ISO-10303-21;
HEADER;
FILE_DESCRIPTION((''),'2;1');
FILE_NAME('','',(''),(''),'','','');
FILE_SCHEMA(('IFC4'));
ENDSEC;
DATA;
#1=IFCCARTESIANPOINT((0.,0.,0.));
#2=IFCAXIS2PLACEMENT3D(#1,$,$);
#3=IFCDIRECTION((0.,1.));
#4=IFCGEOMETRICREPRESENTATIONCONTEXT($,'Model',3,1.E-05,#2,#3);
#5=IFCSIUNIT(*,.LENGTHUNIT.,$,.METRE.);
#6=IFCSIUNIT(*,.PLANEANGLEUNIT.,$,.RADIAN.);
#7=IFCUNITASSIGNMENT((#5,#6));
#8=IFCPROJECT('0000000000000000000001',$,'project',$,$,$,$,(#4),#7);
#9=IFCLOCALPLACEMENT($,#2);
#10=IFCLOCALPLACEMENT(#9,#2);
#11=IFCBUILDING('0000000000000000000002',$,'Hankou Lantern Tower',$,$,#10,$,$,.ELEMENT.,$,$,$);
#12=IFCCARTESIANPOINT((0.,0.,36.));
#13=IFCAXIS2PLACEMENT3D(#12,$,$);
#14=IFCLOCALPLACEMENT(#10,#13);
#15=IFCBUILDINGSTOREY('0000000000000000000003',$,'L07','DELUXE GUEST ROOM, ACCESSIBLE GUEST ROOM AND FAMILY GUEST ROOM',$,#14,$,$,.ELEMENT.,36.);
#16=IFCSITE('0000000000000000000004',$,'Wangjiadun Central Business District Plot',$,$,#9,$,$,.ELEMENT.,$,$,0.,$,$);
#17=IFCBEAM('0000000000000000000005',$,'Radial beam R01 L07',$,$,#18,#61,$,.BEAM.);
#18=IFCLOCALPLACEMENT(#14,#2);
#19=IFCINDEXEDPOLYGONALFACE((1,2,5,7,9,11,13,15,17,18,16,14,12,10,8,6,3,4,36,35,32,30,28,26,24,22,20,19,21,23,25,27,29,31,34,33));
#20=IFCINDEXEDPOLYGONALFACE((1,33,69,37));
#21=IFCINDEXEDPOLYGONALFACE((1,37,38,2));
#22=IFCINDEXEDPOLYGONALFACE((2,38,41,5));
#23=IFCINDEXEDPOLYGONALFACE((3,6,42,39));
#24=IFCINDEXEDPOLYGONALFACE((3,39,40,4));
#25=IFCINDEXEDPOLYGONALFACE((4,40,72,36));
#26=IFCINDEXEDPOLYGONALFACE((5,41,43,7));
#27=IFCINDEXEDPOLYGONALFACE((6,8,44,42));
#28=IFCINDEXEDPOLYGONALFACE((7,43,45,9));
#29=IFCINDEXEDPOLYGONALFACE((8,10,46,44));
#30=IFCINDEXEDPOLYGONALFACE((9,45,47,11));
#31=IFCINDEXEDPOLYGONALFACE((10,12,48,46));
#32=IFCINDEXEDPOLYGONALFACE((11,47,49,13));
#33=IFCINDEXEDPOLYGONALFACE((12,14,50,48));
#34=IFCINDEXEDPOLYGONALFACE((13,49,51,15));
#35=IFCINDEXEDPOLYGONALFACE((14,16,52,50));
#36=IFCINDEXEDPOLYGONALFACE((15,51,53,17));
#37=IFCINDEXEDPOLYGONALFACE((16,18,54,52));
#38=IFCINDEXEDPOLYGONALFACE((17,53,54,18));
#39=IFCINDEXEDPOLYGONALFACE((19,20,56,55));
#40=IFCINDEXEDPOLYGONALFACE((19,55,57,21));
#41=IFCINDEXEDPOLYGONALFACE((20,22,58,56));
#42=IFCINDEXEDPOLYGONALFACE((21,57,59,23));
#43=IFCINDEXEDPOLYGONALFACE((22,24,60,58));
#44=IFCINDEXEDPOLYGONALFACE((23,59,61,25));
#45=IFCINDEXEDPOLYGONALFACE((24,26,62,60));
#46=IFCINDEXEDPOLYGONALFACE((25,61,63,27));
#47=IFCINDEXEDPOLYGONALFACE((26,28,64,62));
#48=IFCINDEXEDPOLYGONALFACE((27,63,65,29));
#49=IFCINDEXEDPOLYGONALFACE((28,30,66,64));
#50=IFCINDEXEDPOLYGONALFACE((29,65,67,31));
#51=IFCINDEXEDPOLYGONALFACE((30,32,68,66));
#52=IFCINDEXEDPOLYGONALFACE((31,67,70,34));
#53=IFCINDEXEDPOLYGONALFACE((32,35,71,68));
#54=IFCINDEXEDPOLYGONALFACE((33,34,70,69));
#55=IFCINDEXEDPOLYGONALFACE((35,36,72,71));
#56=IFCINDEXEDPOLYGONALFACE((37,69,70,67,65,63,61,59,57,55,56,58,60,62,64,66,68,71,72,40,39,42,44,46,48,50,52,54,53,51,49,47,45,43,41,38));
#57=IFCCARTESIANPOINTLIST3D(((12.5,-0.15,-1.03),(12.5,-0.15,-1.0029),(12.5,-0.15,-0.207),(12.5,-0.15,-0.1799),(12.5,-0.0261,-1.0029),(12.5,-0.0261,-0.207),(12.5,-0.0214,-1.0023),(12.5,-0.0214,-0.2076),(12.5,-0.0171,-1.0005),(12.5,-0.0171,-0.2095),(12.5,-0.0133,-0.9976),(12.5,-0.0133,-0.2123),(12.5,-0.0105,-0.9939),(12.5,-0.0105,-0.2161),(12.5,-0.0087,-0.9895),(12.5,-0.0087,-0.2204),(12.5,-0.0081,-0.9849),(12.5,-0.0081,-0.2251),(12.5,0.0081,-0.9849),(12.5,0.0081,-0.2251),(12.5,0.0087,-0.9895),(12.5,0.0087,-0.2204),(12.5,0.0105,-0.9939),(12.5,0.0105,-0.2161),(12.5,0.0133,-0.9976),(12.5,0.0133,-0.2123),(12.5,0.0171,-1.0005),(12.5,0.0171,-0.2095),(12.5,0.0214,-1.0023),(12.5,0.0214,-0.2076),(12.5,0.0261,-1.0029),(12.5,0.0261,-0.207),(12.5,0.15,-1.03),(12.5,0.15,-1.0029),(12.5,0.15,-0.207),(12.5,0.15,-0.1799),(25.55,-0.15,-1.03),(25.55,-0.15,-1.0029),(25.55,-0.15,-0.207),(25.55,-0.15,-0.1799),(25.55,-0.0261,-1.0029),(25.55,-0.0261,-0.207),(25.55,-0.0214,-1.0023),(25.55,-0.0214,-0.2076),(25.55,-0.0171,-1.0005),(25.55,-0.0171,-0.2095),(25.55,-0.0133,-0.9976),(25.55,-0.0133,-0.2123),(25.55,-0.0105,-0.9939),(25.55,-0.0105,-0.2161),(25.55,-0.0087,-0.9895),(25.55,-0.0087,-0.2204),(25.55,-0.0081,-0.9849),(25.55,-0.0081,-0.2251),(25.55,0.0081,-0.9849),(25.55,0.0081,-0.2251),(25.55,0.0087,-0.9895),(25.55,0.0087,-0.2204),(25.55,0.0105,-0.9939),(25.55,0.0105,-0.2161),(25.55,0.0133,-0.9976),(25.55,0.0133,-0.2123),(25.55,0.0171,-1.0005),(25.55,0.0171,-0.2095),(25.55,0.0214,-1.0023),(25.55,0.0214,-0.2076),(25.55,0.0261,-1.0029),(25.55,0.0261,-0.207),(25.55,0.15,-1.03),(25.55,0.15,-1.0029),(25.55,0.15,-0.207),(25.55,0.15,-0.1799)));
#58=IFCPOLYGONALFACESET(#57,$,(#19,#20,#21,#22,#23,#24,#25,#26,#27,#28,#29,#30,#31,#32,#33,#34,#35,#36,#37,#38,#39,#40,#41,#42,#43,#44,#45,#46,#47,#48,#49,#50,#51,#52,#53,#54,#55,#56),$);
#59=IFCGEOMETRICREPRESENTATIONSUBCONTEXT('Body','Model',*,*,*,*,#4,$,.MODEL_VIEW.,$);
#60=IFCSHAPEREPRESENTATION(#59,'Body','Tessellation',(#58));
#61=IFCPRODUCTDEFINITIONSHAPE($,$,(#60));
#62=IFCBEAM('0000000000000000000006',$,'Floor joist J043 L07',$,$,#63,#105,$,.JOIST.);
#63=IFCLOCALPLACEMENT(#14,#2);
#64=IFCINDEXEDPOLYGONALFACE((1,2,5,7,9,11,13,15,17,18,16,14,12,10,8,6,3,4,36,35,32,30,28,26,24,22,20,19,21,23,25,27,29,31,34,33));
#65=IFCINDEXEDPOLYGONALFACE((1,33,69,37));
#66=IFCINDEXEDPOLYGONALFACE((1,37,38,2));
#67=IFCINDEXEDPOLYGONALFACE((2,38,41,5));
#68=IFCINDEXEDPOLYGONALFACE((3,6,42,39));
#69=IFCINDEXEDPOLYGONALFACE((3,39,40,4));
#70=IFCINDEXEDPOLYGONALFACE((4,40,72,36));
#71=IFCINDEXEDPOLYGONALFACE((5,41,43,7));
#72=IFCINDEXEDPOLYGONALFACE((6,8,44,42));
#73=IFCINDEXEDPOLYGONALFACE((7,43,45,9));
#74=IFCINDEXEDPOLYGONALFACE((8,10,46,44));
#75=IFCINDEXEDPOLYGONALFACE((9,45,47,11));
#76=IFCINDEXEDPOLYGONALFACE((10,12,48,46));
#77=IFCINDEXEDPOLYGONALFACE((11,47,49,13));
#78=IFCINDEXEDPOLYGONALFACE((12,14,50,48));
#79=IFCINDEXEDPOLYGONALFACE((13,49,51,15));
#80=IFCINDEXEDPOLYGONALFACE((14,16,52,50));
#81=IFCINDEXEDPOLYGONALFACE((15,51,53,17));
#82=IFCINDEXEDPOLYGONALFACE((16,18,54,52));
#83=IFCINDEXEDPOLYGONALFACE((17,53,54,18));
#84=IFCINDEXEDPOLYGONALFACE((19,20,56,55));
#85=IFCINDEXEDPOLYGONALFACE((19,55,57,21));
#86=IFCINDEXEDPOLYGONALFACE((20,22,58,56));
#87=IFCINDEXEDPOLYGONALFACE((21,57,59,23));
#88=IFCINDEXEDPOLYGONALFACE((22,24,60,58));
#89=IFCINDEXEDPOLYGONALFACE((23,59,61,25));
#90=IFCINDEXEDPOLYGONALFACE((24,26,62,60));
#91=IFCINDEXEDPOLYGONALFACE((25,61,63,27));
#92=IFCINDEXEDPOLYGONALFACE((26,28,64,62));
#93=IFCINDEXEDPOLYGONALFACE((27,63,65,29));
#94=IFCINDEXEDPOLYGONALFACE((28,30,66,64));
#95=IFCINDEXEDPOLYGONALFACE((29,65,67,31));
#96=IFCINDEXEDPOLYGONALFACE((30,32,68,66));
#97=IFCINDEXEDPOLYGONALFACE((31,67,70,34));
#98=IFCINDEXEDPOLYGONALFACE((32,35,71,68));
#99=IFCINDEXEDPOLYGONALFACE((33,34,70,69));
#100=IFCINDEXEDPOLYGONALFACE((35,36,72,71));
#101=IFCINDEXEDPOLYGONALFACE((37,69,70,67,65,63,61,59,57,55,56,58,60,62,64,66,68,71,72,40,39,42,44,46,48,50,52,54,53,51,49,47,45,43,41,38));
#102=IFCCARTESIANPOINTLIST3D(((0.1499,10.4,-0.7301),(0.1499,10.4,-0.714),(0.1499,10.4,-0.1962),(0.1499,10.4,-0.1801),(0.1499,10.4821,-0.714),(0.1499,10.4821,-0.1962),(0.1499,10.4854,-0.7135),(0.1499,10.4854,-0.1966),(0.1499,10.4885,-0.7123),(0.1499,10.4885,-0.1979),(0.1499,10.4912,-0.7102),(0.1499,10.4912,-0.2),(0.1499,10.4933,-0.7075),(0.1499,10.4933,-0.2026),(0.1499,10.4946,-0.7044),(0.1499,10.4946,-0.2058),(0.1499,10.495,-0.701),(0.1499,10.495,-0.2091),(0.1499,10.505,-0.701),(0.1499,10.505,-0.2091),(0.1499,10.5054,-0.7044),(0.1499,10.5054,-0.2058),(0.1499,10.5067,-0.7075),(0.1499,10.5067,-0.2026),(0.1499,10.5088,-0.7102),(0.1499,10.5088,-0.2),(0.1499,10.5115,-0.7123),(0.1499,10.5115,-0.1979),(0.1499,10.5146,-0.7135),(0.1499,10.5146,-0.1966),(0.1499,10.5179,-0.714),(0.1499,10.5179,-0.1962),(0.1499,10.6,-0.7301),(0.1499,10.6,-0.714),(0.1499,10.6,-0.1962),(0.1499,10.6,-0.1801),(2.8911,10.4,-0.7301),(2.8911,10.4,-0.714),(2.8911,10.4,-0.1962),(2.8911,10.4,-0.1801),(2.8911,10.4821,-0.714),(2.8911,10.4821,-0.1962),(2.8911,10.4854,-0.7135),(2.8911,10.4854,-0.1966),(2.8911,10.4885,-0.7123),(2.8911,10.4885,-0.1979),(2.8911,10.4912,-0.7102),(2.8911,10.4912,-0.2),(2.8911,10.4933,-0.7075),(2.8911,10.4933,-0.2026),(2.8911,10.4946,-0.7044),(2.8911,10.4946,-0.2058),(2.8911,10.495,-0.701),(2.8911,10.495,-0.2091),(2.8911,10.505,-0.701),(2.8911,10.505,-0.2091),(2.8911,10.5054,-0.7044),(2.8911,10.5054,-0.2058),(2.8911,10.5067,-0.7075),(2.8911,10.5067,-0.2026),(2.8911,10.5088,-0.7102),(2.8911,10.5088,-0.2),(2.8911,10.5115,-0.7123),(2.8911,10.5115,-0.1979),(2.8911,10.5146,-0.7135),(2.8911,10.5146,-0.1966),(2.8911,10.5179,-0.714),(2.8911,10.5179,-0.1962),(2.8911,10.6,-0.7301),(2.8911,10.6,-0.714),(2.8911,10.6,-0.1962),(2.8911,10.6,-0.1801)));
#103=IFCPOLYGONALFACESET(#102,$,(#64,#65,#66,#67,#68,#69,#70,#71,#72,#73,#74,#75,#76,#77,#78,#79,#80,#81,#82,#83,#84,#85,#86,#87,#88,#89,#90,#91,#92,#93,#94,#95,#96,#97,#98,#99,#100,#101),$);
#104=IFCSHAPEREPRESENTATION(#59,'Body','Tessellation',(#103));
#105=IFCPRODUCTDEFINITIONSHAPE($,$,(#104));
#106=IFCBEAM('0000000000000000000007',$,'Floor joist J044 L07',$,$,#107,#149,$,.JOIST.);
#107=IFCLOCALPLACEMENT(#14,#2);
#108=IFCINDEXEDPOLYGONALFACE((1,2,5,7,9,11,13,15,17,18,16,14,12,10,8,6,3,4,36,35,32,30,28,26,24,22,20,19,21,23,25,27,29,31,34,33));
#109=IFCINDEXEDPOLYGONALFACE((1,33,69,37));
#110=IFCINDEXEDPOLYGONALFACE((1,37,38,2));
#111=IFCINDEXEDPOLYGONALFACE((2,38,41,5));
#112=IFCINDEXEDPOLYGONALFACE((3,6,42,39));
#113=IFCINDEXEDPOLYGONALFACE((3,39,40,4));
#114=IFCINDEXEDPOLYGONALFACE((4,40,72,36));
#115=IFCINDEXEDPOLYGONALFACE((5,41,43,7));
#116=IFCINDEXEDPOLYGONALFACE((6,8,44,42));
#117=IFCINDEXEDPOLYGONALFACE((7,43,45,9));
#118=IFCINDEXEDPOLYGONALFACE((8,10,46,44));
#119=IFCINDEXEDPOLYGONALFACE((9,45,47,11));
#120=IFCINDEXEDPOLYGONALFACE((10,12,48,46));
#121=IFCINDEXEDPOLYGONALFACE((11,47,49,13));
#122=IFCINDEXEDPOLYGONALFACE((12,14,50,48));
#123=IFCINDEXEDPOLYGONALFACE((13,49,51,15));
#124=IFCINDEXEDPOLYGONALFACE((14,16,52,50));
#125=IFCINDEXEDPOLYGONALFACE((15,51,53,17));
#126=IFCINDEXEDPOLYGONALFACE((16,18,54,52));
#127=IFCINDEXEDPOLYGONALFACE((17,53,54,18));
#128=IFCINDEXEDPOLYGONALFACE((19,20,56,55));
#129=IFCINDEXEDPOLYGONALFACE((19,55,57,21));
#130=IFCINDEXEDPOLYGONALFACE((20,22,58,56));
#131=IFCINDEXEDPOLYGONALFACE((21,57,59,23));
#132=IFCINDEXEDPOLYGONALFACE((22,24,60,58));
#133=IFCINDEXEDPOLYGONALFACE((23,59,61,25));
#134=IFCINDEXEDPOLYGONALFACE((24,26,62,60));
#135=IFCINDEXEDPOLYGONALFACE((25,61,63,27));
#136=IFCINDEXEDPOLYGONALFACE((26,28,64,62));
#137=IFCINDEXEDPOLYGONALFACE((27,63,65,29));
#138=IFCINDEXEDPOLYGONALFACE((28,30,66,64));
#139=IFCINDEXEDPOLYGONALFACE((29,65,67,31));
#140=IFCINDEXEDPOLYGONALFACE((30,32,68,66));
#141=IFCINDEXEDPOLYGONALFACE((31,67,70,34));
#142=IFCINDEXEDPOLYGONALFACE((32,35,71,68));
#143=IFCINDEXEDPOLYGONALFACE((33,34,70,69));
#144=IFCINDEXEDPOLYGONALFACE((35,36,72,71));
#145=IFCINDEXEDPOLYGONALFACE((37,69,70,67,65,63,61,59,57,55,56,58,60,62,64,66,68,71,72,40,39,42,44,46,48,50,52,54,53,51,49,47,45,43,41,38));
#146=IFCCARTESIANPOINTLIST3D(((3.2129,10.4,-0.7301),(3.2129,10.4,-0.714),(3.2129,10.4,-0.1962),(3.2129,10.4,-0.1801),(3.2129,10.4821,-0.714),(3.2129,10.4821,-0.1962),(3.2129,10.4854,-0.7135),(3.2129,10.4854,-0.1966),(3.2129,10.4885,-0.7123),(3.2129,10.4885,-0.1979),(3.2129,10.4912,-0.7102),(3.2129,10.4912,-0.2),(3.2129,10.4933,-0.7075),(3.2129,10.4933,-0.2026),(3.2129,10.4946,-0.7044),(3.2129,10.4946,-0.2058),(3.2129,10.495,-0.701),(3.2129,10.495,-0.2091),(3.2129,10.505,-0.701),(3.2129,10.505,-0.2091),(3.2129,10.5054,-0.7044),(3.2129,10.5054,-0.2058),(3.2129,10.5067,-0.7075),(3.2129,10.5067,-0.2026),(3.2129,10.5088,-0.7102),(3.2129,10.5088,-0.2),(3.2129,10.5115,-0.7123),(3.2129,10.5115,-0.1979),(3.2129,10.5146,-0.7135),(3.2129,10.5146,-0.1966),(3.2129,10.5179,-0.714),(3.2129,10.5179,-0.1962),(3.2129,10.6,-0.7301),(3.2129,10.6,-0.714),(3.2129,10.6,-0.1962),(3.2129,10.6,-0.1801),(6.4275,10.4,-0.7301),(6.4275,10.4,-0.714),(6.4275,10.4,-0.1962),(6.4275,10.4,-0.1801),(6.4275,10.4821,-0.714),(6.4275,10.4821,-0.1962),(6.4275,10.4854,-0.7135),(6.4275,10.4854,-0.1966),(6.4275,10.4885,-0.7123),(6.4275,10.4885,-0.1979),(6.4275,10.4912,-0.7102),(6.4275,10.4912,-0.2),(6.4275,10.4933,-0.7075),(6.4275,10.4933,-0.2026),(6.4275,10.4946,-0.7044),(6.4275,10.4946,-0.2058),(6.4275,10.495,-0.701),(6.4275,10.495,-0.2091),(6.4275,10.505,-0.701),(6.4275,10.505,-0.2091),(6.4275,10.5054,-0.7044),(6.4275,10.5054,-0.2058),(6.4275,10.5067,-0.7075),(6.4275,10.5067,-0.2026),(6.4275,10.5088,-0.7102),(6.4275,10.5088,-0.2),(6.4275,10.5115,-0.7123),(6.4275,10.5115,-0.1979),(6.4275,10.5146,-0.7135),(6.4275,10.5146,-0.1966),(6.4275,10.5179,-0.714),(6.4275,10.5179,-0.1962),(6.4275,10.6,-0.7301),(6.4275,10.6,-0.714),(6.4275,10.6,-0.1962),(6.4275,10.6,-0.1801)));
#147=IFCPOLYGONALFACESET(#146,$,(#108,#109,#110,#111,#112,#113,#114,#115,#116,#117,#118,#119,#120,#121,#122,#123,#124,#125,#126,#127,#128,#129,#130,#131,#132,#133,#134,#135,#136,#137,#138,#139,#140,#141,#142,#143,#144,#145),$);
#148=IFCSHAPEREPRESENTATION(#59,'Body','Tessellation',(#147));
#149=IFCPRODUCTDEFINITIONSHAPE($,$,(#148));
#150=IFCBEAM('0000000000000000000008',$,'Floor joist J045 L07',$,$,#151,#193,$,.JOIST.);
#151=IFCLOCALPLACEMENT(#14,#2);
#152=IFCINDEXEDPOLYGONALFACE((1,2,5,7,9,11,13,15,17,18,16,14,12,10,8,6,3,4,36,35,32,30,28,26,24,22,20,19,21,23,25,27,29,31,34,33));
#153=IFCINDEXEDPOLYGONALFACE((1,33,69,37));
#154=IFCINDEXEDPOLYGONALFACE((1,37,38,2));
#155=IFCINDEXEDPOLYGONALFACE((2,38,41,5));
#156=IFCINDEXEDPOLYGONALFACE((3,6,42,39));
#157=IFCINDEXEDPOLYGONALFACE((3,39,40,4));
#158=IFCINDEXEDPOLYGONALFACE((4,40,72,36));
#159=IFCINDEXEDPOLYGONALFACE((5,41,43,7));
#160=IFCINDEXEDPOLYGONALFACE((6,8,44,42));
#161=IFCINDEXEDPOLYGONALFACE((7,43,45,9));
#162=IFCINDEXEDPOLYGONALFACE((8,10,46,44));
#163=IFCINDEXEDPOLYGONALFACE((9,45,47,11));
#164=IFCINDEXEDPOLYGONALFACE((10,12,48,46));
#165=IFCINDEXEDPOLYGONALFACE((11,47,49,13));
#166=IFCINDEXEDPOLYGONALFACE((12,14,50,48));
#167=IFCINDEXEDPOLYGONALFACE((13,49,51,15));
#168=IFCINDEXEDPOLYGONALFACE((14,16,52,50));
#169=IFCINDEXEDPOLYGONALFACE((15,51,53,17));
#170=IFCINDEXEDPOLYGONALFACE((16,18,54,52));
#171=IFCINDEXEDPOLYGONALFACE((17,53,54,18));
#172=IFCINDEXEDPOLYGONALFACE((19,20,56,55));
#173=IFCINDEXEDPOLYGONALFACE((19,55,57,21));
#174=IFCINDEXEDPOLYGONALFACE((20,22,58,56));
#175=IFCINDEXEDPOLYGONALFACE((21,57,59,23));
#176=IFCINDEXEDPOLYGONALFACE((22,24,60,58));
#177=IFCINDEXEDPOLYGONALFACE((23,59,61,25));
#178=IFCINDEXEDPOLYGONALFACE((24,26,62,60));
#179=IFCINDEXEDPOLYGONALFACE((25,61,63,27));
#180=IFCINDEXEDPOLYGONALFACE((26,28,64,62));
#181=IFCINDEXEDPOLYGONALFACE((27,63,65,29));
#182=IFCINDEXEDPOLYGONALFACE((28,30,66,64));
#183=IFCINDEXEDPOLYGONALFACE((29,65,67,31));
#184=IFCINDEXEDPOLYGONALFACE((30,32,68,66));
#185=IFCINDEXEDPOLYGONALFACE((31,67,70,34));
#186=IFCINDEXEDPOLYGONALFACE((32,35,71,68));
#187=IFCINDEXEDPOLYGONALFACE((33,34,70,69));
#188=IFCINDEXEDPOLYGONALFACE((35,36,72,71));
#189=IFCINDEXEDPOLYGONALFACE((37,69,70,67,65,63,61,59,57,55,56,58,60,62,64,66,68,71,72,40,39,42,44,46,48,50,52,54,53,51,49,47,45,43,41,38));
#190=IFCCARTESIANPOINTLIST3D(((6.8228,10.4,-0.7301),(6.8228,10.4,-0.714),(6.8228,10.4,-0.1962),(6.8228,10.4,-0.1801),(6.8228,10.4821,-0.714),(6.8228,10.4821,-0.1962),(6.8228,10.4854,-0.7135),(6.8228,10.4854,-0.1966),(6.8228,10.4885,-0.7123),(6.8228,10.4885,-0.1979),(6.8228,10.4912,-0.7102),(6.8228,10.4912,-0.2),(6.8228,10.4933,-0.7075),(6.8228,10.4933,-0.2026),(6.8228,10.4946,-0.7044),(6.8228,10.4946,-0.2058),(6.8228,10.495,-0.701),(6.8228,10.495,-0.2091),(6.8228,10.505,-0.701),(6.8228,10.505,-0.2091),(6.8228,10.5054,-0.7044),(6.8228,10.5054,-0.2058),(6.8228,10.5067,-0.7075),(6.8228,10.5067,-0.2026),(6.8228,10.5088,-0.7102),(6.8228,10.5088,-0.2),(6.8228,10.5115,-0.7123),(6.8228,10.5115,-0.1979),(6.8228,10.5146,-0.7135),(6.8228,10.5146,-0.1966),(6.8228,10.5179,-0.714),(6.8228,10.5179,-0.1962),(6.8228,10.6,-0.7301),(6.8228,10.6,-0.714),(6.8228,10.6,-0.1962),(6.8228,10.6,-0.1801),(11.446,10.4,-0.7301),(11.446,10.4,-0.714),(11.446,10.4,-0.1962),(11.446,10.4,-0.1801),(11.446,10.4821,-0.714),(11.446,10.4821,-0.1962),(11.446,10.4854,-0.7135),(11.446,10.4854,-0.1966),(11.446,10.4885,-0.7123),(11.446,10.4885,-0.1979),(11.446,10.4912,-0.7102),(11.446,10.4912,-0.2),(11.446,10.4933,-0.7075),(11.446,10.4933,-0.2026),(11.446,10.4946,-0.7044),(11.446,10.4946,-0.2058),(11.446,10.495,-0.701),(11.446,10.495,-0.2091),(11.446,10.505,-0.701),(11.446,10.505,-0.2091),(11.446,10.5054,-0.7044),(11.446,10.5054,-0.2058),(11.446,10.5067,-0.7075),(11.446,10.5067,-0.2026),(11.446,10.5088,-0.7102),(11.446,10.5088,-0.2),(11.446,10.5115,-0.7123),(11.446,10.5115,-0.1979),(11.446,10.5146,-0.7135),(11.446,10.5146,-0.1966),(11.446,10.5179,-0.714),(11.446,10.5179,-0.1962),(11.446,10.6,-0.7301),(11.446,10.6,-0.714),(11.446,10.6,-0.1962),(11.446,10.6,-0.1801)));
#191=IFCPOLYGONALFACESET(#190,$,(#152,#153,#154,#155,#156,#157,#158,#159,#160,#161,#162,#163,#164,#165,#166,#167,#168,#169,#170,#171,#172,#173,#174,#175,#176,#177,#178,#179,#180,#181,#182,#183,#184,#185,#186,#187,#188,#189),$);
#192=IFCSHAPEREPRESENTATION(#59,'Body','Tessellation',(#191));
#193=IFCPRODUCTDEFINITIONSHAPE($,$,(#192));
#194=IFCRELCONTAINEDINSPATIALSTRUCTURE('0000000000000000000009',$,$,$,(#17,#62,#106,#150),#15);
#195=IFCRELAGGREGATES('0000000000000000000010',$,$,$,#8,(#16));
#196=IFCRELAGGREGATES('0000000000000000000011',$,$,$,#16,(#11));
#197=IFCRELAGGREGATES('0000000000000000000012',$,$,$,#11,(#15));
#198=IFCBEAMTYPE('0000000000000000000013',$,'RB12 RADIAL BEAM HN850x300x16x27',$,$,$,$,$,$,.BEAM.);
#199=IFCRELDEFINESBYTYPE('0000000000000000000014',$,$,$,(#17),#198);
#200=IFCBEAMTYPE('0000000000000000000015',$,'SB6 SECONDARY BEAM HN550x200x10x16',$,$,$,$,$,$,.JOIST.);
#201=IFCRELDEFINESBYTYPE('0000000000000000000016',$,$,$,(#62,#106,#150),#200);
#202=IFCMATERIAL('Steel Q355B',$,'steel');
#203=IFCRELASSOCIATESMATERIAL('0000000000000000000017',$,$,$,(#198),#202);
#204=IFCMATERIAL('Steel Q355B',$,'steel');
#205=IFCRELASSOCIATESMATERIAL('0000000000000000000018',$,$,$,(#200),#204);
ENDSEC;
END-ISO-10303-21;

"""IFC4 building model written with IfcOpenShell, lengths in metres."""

from ifc_helpers import new_model, si_unit, direction, frame, origin, origin_2d, place, context, subcontext, project, spatial, i_section, extrude, material, material_profile, profile_set, type_object, element, save


model = new_model("IFC4")

# Units and contexts
model_context = context("Model", 3, precision=1e-05, world=origin(), true_north=direction((0.0, 1.0)))
body_context = subcontext(model_context, "Body", "Model", "MODEL_VIEW")
ifc_project = project(units=[si_unit("LENGTHUNIT", "METRE"), si_unit("PLANEANGLEUNIT", "RADIAN")], contexts=[model_context])

# Site, building, storey
site_placement = place(None, origin())
site = spatial("IfcSite", under=ifc_project, at=site_placement, Name="Wangjiadun Central Business District Plot", CompositionType="ELEMENT", RefElevation=0.0)
building_placement = place(site_placement, origin())
building = spatial("IfcBuilding", under=site, at=building_placement, Name="Hankou Lantern Tower", CompositionType="ELEMENT")
storey_placement = place(building_placement, frame((0.0, 0.0, 36.0)))
storey = spatial("IfcBuildingStorey", under=building, at=storey_placement, Name="L07", Description="DELUXE GUEST ROOM, ACCESSIBLE GUEST ROOM AND FAMILY GUEST ROOM", CompositionType="ELEMENT", Elevation=36.0)

# Beams
ifc_material_1 = material(Name="Steel Q355B", Category="steel")
ifc_material_profile_1 = material_profile(ifc_material_1, i_section(OverallWidth=0.3, OverallDepth=0.8501, WebThickness=0.0161, FlangeThickness=0.0271, FilletRadius=0.0181, at=origin_2d()), Name="HN850x300x16x27")
ifc_profile_set_1 = profile_set([ifc_material_profile_1], Name="Steel Q355B")
beam_type_1 = type_object("IfcBeamType", Name="RB12 RADIAL BEAM HN850x300x16x27", PredefinedType="BEAM", material=ifc_profile_set_1)
beam_1_placement = place(storey_placement, frame((12.5, 0.0, -0.605), z_axis=(1.0, 0.0, 0.0), x_axis=(0.0, 1.0, 0.0)))
element("IfcBeam", 1, at=beam_1_placement, inside=storey, type_object=beam_type_1, Name="Radial beam R01 L07", PredefinedType="BEAM", context=body_context, shape_type="SweptSolid", body=[
    extrude(i_section(OverallWidth=0.3, OverallDepth=0.8501, WebThickness=0.0161, FlangeThickness=0.0271, FilletRadius=0.0181, at=origin_2d()), origin(), (0.0, 0.0, 1.0), 13.05),
])
ifc_material_2 = material(Name="Steel Q355B", Category="steel")
ifc_material_profile_2 = material_profile(ifc_material_2, i_section(OverallWidth=0.2, OverallDepth=0.55, WebThickness=0.01, FlangeThickness=0.0161, FilletRadius=0.0129, at=origin_2d()), Name="HN550x200x10x16")
ifc_profile_set_2 = profile_set([ifc_material_profile_2], Name="Steel Q355B")
beam_type_2 = type_object("IfcBeamType", Name="SB6 SECONDARY BEAM HN550x200x10x16", PredefinedType="JOIST", material=ifc_profile_set_2)
beam_2_placement = place(storey_placement, frame((0.1499, 10.5, -0.4551), z_axis=(1.0, 0.0, 0.0), x_axis=(0.0, 1.0, 0.0)))
element("IfcBeam", 2, at=beam_2_placement, inside=storey, type_object=beam_type_2, Name="Floor joist J043 L07", PredefinedType="JOIST", context=body_context, shape_type="SweptSolid", body=[
    extrude(i_section(OverallWidth=0.2, OverallDepth=0.55, WebThickness=0.01, FlangeThickness=0.0161, FilletRadius=0.0129, at=origin_2d()), origin(), (0.0, 0.0, 1.0), 2.7412),
])
beam_3_placement = place(storey_placement, frame((3.2129, 10.5, -0.4551), z_axis=(1.0, 0.0, 0.0), x_axis=(0.0, 1.0, 0.0)))
element("IfcBeam", 3, at=beam_3_placement, inside=storey, type_object=beam_type_2, Name="Floor joist J044 L07", PredefinedType="JOIST", context=body_context, shape_type="SweptSolid", body=[
    extrude(i_section(OverallWidth=0.2, OverallDepth=0.55, WebThickness=0.01, FlangeThickness=0.0161, FilletRadius=0.0129, at=origin_2d()), origin(), (0.0, 0.0, 1.0), 3.2146),
])
beam_4_placement = place(storey_placement, frame((6.8228, 10.5, -0.4551), z_axis=(1.0, 0.0, 0.0), x_axis=(0.0, 1.0, 0.0)))
element("IfcBeam", 4, at=beam_4_placement, inside=storey, type_object=beam_type_2, Name="Floor joist J045 L07", PredefinedType="JOIST", context=body_context, shape_type="SweptSolid", body=[
    extrude(i_section(OverallWidth=0.2, OverallDepth=0.55, WebThickness=0.01, FlangeThickness=0.0161, FilletRadius=0.0129, at=origin_2d()), origin(), (0.0, 0.0, 1.0), 4.6233),
])

save(model, "model.ifc")
